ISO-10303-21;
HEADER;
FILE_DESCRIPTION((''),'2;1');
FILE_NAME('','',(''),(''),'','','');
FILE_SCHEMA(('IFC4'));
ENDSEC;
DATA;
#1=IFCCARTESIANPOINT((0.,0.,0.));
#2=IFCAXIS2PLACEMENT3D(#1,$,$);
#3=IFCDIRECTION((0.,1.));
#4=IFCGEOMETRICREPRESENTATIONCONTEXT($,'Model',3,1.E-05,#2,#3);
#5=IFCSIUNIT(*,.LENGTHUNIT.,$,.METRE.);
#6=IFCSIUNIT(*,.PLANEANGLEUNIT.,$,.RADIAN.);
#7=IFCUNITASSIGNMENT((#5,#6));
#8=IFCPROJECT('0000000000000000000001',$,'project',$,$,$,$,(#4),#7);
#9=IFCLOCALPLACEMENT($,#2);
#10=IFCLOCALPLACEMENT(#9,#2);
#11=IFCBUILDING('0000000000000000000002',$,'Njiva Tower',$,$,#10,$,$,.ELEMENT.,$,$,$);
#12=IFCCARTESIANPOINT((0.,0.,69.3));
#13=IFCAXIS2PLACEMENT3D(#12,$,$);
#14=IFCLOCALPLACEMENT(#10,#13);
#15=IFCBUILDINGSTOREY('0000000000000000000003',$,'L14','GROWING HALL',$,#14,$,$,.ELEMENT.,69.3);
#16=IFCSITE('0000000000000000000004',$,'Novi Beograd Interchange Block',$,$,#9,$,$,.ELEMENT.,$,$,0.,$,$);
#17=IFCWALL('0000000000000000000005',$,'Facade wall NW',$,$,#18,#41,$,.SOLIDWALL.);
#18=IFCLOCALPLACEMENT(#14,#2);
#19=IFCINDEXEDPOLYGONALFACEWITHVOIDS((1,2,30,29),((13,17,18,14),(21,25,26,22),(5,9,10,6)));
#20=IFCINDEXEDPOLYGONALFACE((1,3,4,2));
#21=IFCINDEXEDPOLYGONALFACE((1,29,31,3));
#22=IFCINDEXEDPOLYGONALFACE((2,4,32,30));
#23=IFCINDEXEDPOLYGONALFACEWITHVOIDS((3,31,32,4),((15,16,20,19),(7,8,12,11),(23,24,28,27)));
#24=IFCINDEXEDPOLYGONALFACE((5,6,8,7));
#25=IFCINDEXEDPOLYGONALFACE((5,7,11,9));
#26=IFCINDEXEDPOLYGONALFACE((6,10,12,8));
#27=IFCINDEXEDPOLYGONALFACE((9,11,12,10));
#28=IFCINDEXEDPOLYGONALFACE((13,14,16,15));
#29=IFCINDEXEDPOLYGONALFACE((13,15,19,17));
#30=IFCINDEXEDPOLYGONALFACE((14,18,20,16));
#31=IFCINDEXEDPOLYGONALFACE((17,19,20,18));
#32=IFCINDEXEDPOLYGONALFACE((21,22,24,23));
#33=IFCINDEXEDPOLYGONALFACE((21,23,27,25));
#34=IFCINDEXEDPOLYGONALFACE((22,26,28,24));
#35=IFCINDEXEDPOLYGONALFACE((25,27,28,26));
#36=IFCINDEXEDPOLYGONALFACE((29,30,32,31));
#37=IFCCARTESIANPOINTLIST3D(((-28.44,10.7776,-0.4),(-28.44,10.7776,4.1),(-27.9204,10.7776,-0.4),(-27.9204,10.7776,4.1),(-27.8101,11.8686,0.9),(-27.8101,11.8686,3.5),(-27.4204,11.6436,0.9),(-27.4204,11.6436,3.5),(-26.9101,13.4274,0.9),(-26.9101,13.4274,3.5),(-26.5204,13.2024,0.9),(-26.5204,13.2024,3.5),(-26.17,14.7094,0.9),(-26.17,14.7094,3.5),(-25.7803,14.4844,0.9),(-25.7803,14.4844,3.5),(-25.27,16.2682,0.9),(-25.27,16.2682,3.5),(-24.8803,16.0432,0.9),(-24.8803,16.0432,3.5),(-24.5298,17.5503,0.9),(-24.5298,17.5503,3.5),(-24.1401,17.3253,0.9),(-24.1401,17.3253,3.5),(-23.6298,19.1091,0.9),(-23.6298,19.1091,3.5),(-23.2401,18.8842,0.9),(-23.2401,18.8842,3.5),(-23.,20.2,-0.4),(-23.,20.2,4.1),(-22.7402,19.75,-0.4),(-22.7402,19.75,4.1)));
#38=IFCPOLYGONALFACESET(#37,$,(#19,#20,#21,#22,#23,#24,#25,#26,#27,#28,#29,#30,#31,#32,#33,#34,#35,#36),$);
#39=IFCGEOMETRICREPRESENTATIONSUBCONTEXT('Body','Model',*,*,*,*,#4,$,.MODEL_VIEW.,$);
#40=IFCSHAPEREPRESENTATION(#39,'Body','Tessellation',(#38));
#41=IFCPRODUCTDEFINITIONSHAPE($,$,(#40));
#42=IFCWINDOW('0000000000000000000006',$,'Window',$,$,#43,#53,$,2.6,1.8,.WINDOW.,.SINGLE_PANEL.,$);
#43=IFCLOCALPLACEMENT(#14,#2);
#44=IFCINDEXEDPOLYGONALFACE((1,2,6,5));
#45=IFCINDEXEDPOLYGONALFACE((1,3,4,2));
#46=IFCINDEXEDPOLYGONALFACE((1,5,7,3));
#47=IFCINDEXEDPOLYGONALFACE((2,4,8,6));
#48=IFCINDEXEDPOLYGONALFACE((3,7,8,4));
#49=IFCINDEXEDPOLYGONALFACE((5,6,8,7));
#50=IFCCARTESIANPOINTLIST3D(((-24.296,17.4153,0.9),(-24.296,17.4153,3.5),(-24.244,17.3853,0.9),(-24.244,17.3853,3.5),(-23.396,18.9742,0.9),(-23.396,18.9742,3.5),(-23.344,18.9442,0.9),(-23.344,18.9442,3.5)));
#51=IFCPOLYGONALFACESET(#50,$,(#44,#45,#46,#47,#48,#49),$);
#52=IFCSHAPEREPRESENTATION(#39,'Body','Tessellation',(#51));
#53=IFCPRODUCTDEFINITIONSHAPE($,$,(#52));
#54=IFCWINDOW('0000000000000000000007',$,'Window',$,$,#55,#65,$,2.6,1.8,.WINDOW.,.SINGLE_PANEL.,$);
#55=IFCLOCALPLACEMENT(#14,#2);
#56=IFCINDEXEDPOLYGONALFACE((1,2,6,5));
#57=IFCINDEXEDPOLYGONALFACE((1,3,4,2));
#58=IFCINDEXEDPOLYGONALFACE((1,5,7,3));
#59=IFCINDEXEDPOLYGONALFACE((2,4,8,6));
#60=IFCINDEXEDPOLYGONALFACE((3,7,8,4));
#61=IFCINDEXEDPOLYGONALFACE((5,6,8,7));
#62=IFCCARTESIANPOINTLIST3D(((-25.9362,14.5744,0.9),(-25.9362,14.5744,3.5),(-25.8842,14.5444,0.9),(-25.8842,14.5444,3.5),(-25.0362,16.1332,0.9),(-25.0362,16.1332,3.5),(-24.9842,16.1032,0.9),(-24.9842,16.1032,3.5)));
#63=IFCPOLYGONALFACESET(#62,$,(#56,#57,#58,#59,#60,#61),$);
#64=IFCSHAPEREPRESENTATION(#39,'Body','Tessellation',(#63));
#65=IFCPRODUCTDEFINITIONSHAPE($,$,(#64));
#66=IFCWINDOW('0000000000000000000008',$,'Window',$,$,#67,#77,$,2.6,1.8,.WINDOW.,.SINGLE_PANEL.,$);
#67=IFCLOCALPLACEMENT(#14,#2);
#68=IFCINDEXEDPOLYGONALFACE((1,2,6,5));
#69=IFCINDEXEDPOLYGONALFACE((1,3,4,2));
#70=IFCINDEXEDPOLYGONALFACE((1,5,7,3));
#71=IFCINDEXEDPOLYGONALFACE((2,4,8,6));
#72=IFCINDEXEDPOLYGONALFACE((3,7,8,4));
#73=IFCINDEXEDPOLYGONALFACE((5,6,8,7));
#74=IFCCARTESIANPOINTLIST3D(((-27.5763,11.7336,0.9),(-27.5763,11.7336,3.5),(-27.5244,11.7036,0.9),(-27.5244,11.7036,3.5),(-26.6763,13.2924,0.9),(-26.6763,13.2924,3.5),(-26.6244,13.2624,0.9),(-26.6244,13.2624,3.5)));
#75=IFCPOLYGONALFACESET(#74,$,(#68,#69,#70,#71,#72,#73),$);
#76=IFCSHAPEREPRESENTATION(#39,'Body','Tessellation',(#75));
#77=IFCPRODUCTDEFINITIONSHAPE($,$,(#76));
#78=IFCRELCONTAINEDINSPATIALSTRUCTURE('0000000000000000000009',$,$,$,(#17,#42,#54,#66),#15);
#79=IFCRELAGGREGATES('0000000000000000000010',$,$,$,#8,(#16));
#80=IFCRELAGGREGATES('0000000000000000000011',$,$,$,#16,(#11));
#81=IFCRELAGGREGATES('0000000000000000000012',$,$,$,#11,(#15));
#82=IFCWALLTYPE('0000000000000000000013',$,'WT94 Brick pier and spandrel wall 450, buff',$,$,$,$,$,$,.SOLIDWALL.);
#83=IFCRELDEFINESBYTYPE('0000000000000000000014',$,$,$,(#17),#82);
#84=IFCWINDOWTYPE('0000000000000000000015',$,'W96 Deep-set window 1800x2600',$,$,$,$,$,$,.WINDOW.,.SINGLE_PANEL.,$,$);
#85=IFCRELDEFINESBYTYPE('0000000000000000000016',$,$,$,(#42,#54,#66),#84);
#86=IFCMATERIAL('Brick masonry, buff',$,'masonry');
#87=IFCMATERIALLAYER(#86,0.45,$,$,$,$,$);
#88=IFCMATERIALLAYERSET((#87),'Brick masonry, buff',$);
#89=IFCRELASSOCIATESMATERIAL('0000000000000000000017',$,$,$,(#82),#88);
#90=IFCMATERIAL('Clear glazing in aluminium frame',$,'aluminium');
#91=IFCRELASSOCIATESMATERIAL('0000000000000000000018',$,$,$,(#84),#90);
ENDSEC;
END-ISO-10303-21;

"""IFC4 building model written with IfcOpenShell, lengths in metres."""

from ifc_helpers import new_model, si_unit, direction, frame, frame_2d, origin, place, context, subcontext, project, spatial, polyline, rectangle, outline, extrude, material, layer, layer_set, type_object, element, fill, save


model = new_model("IFC4")

# Units and contexts
model_context = context("Model", 3, precision=1e-05, world=origin(), true_north=direction((0.0, 1.0)))
body_context = subcontext(model_context, "Body", "Model", "MODEL_VIEW")
ifc_project = project(units=[si_unit("LENGTHUNIT", "METRE"), si_unit("PLANEANGLEUNIT", "RADIAN")], contexts=[model_context])

# Site, building, storey
site_placement = place(None, origin())
site = spatial("IfcSite", under=ifc_project, at=site_placement, Name="Novi Beograd Interchange Block", CompositionType="ELEMENT", RefElevation=0.0)
building_placement = place(site_placement, origin())
building = spatial("IfcBuilding", under=site, at=building_placement, Name="Njiva Tower", CompositionType="ELEMENT")
storey_placement = place(building_placement, frame((0.0, 0.0, 69.3)))
storey = spatial("IfcBuildingStorey", under=building, at=storey_placement, Name="L14", Description="GROWING HALL", CompositionType="ELEMENT", Elevation=69.3)

# Wall, openings, windows
ifc_material_1 = material(Name="Brick masonry, buff", Category="masonry")
ifc_layer_1 = layer(ifc_material_1, 0.45)
ifc_layer_set_1 = layer_set([ifc_layer_1], Name="Brick masonry, buff")
wall_type_1 = type_object("IfcWallType", Name="WT94 Brick pier and spandrel wall 450, buff", PredefinedType="SOLIDWALL", material=ifc_layer_set_1)
wall_1_placement = place(storey_placement, frame((-22.8701, 19.975, -0.4), z_axis=(0.0, 0.0, 1.0), x_axis=(-0.499998, -0.866026, 0.0)))
wall_1 = element("IfcWall", 1, at=wall_1_placement, inside=storey, type_object=wall_type_1, Name="Facade wall NW", PredefinedType="SOLIDWALL", context=body_context, shape_type="SweptSolid", body=[
    extrude(outline(polyline([(-0.1299, -0.225), (10.7501, -0.225), (10.4903, 0.225), (0.1299, 0.225), (-0.1299, -0.225)])), origin(), (0.0, 0.0, 1.0), 4.5),
])
opening_1_placement = place(wall_1_placement, frame((1.1297, 0.0, 1.3)))
opening_1 = element("IfcOpeningElement", 2, at=opening_1_placement, cuts=wall_1, PredefinedType="OPENING", context=body_context, shape_type="SweptSolid", body=[
    extrude(rectangle(XDim=1.8, YDim=2.6, at=frame_2d((0.9, 1.3))), frame((0.0, 0.235, 0.0), z_axis=(0.0, -1.0, 0.0), x_axis=(1.0, 0.0, 0.0)), (0.0, 0.0, 1.0), 0.47),
])
opening_2_placement = place(wall_1_placement, frame((4.4101, 0.0, 1.3)))
opening_2 = element("IfcOpeningElement", 3, at=opening_2_placement, cuts=wall_1, PredefinedType="OPENING", context=body_context, shape_type="SweptSolid", body=[
    extrude(rectangle(XDim=1.8, YDim=2.6, at=frame_2d((0.9, 1.3))), frame((0.0, 0.235, 0.0), z_axis=(0.0, -1.0, 0.0), x_axis=(1.0, 0.0, 0.0)), (0.0, 0.0, 1.0), 0.47),
])
opening_3_placement = place(wall_1_placement, frame((7.6904, 0.0, 1.3)))
opening_3 = element("IfcOpeningElement", 4, at=opening_3_placement, cuts=wall_1, PredefinedType="OPENING", context=body_context, shape_type="SweptSolid", body=[
    extrude(rectangle(XDim=1.8, YDim=2.6, at=frame_2d((0.9, 1.3))), frame((0.0, 0.235, 0.0), z_axis=(0.0, -1.0, 0.0), x_axis=(1.0, 0.0, 0.0)), (0.0, 0.0, 1.0), 0.47),
])
ifc_material_2 = material(Name="Clear glazing in aluminium frame", Category="aluminium")
window_type = type_object("IfcWindowType", Name="W96 Deep-set window 1800x2600", PartitioningType="SINGLE_PANEL", PredefinedType="WINDOW", material=ifc_material_2)
window_1_placement = place(opening_1_placement, origin())
window_1 = element("IfcWindow", 5, at=window_1_placement, inside=storey, type_object=window_type, Name="Window", OverallHeight=2.6, OverallWidth=1.8, PartitioningType="SINGLE_PANEL", PredefinedType="WINDOW", context=body_context, shape_type="SweptSolid", body=[
    extrude(rectangle(XDim=1.8, YDim=2.6, at=frame_2d((0.9, 1.3))), frame((0.0, 0.105, 0.0), z_axis=(0.0, -1.0, 0.0), x_axis=(1.0, 0.0, 0.0)), (0.0, 0.0, 1.0), 0.06),
])
fill(opening_1, window_1)
window_2_placement = place(opening_2_placement, origin())
window_2 = element("IfcWindow", 6, at=window_2_placement, inside=storey, type_object=window_type, Name="Window", OverallHeight=2.6, OverallWidth=1.8, PartitioningType="SINGLE_PANEL", PredefinedType="WINDOW", context=body_context, shape_type="SweptSolid", body=[
    extrude(rectangle(XDim=1.8, YDim=2.6, at=frame_2d((0.9, 1.3))), frame((0.0, 0.105, 0.0), z_axis=(0.0, -1.0, 0.0), x_axis=(1.0, 0.0, 0.0)), (0.0, 0.0, 1.0), 0.06),
])
fill(opening_2, window_2)
window_3_placement = place(opening_3_placement, origin())
window_3 = element("IfcWindow", 7, at=window_3_placement, inside=storey, type_object=window_type, Name="Window", OverallHeight=2.6, OverallWidth=1.8, PartitioningType="SINGLE_PANEL", PredefinedType="WINDOW", context=body_context, shape_type="SweptSolid", body=[
    extrude(rectangle(XDim=1.8, YDim=2.6, at=frame_2d((0.9, 1.3))), frame((0.0, 0.105, 0.0), z_axis=(0.0, -1.0, 0.0), x_axis=(1.0, 0.0, 0.0)), (0.0, 0.0, 1.0), 0.06),
])
fill(opening_3, window_3)

save(model, "model.ifc")
